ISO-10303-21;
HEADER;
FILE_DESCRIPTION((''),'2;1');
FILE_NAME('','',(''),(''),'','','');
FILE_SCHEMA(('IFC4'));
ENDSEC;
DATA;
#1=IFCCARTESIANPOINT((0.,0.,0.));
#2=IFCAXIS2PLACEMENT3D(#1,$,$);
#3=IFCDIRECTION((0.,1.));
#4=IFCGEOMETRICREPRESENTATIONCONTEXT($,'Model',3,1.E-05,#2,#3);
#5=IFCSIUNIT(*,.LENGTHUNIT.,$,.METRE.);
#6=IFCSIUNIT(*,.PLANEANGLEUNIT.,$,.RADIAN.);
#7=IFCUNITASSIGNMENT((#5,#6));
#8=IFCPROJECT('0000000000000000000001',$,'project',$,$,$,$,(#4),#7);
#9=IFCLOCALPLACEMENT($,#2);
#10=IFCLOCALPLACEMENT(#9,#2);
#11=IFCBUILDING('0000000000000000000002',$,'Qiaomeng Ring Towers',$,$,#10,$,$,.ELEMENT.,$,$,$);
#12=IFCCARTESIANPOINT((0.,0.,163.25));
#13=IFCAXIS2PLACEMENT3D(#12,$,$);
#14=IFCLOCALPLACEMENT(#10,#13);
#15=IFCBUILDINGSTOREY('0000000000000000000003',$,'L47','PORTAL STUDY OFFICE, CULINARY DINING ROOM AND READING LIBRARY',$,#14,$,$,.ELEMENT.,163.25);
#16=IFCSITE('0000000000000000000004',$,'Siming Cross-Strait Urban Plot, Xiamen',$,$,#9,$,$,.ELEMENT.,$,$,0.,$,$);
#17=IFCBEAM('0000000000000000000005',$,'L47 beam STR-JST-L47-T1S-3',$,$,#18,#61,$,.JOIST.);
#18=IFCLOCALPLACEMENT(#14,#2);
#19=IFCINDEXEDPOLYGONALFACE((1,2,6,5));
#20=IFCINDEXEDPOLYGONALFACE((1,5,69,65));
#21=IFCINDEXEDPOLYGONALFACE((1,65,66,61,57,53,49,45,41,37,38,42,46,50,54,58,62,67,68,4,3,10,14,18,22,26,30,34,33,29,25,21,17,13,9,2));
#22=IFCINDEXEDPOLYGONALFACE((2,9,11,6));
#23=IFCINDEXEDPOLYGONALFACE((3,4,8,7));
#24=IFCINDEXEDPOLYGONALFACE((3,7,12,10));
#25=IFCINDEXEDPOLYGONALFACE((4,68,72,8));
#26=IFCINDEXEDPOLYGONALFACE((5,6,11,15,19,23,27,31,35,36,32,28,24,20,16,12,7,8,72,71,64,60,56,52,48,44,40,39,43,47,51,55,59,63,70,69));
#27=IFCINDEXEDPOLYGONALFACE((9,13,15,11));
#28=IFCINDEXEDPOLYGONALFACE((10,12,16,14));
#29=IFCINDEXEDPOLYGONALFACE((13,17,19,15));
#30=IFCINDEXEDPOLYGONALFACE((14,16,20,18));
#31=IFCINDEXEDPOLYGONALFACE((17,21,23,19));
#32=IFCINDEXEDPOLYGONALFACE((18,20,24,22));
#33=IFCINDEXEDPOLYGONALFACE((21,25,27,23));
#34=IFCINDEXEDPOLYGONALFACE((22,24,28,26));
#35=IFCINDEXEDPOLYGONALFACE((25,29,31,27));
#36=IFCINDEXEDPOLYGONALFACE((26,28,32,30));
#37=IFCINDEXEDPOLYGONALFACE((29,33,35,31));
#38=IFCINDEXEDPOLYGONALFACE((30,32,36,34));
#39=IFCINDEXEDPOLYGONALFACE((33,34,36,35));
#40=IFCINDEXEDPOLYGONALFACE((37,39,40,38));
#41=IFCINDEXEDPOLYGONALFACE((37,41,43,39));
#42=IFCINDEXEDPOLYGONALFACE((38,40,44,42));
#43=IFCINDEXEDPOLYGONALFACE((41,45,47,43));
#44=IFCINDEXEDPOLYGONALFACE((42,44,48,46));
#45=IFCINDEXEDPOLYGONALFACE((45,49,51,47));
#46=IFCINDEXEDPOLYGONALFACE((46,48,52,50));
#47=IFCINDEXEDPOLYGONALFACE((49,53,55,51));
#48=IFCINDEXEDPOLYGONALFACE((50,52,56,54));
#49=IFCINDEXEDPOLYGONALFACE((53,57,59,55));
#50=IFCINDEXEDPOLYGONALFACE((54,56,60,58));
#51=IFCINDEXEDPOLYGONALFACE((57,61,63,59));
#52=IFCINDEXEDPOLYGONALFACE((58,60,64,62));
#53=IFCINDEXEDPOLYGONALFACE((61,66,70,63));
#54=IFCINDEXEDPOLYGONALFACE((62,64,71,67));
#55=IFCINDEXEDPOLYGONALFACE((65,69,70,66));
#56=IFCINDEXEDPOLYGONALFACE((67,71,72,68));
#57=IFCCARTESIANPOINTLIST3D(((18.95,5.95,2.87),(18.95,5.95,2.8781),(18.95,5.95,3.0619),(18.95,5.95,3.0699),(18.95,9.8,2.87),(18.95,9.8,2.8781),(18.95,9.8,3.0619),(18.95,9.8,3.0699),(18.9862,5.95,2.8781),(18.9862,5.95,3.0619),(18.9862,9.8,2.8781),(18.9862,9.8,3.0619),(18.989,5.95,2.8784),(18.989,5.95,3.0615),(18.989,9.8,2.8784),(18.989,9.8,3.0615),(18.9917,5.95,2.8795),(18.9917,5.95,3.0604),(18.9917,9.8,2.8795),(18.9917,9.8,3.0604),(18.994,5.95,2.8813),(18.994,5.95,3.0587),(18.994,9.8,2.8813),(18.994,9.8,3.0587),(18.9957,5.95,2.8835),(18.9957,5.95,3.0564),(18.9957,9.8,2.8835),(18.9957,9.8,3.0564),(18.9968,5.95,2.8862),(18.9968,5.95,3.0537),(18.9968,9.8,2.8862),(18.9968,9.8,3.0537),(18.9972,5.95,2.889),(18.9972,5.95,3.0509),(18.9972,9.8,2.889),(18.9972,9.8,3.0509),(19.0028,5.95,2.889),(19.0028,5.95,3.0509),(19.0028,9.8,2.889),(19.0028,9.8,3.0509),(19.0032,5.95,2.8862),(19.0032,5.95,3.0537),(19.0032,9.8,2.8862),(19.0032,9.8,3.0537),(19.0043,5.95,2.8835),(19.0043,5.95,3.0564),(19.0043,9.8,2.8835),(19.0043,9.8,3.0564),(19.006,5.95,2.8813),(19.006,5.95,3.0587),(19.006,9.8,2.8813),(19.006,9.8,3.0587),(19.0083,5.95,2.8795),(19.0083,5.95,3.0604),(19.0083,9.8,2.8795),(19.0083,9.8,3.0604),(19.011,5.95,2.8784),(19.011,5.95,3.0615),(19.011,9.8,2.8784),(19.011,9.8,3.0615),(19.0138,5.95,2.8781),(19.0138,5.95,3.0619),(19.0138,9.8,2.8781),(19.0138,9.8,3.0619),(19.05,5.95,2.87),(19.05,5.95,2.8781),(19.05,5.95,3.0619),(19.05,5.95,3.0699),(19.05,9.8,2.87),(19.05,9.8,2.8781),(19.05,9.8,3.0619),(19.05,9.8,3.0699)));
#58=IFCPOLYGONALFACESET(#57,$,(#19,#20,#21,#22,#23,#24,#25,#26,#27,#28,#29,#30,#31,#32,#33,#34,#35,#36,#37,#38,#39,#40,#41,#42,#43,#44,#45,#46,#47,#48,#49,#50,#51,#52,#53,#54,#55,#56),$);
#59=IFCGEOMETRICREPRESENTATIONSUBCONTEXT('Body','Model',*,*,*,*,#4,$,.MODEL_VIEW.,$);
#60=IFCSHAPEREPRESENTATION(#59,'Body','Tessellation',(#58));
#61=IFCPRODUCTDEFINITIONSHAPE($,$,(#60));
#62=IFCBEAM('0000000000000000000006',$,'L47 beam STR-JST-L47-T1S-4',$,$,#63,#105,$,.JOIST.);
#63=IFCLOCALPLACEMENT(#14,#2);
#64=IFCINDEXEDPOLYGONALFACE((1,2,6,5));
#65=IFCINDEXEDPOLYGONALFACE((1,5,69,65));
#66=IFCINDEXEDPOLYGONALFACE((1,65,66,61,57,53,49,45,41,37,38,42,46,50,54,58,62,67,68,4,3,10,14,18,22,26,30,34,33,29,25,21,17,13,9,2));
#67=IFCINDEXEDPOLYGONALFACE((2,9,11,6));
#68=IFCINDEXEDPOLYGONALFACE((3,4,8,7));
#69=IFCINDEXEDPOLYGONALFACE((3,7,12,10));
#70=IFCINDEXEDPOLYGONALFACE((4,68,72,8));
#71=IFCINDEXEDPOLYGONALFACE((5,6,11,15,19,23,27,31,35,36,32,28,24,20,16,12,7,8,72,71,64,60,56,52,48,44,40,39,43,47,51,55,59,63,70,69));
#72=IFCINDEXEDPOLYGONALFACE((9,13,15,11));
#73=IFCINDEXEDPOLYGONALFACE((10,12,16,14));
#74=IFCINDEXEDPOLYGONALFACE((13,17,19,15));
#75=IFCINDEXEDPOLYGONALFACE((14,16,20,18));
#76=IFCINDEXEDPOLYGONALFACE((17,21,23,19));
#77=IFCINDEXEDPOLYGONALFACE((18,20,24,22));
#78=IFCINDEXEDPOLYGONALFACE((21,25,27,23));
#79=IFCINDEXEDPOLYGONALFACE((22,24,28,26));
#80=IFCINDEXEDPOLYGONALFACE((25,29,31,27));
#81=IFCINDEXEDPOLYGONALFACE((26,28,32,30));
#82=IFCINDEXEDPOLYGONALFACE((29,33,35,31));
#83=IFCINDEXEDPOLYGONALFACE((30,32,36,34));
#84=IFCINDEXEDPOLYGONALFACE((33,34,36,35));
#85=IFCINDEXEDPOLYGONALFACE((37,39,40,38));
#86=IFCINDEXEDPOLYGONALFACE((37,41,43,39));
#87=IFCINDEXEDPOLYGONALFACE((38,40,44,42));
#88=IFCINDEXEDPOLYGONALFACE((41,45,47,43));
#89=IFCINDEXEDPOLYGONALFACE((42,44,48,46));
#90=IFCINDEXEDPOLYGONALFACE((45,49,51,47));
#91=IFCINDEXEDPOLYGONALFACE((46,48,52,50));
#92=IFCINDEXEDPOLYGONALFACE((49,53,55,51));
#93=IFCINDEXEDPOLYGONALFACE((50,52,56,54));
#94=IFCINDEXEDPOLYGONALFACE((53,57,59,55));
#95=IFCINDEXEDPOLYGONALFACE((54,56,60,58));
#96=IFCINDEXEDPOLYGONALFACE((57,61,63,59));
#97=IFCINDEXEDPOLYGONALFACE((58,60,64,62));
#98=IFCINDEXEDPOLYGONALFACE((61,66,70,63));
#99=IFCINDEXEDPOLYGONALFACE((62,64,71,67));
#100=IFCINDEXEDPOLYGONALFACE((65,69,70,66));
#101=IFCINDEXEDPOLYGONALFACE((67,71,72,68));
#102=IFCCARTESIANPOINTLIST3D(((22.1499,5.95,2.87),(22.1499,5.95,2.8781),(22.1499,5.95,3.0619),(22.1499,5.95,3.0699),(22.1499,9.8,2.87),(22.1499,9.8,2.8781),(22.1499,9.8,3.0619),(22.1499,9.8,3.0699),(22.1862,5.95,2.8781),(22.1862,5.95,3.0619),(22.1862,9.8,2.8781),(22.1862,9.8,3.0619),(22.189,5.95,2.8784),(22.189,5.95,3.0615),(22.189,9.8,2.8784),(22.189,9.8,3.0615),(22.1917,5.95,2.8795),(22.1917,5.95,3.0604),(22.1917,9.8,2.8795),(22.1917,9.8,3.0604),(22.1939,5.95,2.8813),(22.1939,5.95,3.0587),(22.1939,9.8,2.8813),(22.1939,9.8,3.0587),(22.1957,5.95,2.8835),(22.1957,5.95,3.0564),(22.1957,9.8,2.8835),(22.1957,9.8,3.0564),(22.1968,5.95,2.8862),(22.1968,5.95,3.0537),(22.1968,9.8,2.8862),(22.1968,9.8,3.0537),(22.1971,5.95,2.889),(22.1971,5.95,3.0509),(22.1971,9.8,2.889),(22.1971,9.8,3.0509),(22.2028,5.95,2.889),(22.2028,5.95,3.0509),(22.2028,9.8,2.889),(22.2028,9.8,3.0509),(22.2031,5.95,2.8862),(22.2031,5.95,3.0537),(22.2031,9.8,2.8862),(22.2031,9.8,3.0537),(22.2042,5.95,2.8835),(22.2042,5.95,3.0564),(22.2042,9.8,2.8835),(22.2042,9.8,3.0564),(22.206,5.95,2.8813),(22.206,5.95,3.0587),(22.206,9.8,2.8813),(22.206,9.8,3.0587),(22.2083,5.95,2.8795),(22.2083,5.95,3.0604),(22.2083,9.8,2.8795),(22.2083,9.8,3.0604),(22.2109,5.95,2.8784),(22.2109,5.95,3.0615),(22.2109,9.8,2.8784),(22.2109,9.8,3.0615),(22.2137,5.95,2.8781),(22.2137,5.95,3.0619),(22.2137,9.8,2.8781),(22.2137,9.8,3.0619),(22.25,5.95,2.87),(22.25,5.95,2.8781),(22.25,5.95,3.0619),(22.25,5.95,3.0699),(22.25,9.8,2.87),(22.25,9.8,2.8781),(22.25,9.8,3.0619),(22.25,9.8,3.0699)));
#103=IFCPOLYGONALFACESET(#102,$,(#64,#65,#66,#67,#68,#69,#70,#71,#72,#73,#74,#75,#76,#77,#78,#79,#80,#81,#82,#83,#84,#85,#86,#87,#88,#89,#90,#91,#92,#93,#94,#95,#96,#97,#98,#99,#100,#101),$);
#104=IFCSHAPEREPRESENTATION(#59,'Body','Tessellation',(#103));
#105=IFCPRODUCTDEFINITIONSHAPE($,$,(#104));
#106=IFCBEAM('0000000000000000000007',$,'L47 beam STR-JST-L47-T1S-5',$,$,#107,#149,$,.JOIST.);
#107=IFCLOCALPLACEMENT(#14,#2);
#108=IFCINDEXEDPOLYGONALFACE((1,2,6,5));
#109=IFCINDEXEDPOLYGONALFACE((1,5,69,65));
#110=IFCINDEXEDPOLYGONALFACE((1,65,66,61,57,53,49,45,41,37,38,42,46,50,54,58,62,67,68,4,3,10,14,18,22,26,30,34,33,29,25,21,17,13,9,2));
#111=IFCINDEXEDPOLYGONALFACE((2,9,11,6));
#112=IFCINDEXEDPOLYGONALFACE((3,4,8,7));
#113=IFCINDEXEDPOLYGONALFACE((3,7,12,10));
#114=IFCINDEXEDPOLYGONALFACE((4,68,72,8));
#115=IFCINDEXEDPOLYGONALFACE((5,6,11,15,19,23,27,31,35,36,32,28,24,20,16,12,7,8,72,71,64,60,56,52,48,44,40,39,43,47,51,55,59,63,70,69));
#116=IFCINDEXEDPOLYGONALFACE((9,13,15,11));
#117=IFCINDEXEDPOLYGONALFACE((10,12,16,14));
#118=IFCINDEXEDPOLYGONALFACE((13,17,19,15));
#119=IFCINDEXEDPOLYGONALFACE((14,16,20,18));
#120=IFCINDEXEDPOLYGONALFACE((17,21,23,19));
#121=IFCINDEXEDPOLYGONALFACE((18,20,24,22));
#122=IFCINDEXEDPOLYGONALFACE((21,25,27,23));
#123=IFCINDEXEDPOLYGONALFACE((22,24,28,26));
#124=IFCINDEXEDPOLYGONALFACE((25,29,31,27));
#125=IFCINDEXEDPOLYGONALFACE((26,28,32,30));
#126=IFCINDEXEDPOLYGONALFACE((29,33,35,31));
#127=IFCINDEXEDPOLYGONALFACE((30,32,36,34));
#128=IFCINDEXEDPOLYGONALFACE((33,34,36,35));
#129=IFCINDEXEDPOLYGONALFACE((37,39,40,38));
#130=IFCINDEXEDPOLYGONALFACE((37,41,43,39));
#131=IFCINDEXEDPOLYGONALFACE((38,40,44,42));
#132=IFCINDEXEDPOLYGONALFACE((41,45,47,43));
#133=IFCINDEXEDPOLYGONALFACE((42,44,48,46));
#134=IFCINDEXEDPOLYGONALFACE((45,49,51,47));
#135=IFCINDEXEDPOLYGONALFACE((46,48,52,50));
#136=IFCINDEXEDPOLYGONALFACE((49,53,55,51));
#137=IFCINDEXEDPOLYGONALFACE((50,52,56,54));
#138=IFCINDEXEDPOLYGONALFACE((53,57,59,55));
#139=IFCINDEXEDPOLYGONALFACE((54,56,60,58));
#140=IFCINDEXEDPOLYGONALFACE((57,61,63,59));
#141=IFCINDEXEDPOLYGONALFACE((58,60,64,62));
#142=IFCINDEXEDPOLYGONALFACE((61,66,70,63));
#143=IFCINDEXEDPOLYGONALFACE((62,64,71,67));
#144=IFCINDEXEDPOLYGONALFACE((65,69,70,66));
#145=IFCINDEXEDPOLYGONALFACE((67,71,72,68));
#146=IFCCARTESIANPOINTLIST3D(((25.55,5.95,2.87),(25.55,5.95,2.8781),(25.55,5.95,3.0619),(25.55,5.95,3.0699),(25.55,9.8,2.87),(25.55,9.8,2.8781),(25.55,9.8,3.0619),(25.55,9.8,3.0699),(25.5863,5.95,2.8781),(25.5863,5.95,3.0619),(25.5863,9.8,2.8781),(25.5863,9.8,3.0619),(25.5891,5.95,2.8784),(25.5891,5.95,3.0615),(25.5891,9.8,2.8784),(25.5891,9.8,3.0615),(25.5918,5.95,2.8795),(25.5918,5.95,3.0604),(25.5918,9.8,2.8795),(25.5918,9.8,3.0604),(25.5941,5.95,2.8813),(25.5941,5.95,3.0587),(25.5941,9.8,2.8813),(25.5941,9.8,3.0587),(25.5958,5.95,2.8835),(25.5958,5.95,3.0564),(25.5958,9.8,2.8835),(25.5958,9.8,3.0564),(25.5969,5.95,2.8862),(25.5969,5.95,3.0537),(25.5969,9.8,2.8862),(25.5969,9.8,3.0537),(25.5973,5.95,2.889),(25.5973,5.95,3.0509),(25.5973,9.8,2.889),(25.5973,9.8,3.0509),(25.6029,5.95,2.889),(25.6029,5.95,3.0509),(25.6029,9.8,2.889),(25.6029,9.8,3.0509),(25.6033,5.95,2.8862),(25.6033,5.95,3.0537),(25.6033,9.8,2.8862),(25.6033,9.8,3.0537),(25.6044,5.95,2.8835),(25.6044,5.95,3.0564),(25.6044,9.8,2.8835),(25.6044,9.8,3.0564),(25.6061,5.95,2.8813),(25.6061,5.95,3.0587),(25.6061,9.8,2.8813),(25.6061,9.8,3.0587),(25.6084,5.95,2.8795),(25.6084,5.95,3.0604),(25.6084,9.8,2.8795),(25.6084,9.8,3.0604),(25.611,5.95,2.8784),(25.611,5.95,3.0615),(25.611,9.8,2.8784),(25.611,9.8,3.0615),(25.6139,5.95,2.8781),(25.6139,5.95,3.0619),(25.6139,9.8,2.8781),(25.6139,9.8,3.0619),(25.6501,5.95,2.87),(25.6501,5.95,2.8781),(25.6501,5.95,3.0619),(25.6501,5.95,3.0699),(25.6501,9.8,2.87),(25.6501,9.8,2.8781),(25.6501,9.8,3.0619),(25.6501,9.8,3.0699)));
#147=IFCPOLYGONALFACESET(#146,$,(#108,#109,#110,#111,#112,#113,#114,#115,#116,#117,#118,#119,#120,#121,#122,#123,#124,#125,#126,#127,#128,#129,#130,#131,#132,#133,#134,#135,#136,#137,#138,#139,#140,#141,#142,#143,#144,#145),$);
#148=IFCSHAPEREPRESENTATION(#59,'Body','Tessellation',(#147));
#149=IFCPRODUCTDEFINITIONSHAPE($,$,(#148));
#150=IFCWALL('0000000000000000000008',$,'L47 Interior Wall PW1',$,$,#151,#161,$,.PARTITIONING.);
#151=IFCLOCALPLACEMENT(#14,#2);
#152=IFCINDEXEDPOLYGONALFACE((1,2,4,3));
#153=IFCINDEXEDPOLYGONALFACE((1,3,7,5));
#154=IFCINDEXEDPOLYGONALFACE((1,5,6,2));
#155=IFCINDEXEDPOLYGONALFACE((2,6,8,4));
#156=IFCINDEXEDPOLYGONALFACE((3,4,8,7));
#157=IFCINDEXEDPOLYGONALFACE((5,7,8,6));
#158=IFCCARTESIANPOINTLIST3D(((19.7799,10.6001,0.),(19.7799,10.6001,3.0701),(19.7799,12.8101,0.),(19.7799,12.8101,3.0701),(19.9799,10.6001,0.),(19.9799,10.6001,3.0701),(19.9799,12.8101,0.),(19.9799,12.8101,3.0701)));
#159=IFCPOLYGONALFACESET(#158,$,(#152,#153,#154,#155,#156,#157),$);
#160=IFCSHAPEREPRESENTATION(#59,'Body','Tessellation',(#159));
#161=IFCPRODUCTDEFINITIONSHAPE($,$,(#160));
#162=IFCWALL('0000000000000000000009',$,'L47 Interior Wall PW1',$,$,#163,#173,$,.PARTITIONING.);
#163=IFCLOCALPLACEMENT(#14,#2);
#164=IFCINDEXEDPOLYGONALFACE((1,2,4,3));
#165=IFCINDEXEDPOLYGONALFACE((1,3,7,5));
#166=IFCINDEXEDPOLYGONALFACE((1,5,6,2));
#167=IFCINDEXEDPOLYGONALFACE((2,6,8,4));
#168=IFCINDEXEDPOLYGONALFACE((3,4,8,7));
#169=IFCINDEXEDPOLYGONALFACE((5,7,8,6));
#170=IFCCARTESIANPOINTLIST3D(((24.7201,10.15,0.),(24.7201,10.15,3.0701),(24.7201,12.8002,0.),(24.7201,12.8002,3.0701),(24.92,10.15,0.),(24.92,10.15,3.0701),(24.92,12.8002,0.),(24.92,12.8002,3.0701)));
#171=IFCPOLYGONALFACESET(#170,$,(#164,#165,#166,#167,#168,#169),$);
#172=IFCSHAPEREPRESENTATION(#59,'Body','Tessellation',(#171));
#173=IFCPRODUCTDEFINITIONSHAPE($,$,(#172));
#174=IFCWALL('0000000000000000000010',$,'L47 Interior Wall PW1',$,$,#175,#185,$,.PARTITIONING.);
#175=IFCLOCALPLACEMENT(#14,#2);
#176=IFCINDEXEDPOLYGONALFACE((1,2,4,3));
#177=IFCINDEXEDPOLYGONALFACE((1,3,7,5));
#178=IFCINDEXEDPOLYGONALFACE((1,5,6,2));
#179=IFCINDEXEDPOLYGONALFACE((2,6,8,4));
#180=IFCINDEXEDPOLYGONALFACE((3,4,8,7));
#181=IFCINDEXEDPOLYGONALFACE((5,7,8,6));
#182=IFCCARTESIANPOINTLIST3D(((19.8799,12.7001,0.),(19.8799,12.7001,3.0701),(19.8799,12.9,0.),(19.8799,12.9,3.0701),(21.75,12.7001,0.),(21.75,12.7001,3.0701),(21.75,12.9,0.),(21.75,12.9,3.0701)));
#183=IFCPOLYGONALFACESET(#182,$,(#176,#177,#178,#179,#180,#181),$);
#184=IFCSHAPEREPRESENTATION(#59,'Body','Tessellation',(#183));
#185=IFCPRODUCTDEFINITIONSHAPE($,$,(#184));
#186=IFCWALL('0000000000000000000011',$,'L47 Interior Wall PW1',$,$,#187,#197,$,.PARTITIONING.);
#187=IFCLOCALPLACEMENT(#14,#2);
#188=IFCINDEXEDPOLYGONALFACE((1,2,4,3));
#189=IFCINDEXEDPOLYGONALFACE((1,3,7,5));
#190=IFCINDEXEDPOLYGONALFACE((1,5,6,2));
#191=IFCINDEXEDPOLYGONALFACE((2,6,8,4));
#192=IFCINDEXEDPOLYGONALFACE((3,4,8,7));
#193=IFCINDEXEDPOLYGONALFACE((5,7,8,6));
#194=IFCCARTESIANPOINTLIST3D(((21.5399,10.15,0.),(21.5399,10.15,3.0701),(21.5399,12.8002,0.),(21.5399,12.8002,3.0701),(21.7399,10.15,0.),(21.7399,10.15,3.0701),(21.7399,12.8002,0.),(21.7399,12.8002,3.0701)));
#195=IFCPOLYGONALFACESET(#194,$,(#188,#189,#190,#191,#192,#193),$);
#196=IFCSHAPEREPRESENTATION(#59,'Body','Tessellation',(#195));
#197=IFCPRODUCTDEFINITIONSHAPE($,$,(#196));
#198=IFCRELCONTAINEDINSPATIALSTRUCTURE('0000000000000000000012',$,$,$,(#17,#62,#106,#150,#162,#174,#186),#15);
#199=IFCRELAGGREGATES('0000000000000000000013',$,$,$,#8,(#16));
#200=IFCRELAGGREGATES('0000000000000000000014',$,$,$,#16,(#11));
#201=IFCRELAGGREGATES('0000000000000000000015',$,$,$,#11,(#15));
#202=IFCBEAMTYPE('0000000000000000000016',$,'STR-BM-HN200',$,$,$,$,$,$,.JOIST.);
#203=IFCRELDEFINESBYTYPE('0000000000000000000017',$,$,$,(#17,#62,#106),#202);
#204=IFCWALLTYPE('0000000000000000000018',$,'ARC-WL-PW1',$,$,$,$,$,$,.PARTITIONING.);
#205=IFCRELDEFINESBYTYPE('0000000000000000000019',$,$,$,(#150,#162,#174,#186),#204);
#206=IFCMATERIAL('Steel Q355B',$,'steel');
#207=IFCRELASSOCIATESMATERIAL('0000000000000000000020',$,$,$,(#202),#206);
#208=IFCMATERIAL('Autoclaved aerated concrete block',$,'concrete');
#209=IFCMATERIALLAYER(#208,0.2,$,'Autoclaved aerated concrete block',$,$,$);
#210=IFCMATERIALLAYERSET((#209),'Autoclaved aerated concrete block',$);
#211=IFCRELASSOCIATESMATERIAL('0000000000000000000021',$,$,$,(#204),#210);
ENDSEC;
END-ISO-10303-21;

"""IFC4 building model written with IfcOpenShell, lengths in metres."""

from ifc_helpers import new_model, si_unit, direction, frame, frame_2d, origin, origin_2d, place, context, subcontext, project, spatial, rectangle, i_section, extrude, source, transform, mapped, material, layer, layer_set, material_profile, profile_set, type_object, element, save


model = new_model("IFC4")

# Units and contexts
model_context = context("Model", 3, precision=1e-05, world=origin(), true_north=direction((0.0, 1.0)))
body_context = subcontext(model_context, "Body", "Model", "MODEL_VIEW")
ifc_project = project(units=[si_unit("LENGTHUNIT", "METRE"), si_unit("PLANEANGLEUNIT", "RADIAN")], contexts=[model_context])

# Site, building, storey
site_placement = place(None, origin())
site = spatial("IfcSite", under=ifc_project, at=site_placement, Name="Siming Cross-Strait Urban Plot, Xiamen", CompositionType="ELEMENT", RefElevation=0.0)
building_placement = place(site_placement, origin())
building = spatial("IfcBuilding", under=site, at=building_placement, Name="Qiaomeng Ring Towers", CompositionType="ELEMENT")
storey_placement = place(building_placement, frame((0.0, 0.0, 163.25)))
storey = spatial("IfcBuildingStorey", under=building, at=storey_placement, Name="L47", Description="PORTAL STUDY OFFICE, CULINARY DINING ROOM AND READING LIBRARY", CompositionType="ELEMENT", Elevation=163.25)

# Beams
ifc_material_1 = material(Name="Steel Q355B", Category="steel")
ifc_material_profile = material_profile(ifc_material_1, i_section(OverallWidth=0.1001, OverallDepth=0.2, WebThickness=0.0056, FlangeThickness=0.0081, FilletRadius=0.011, at=origin_2d()), Name="HN 200x100x5.5x8")
ifc_profile_set = profile_set([ifc_material_profile], Name="Steel Q355B")
beam_type = type_object("IfcBeamType", Name="STR-BM-HN200", PredefinedType="JOIST", material=ifc_profile_set)
shared_shape_1 = source(origin(), body_context, "Body", "SweptSolid", [
    extrude(i_section(OverallWidth=0.1001, OverallDepth=0.2, WebThickness=0.0056, FlangeThickness=0.0081, FilletRadius=0.011, at=origin_2d()), origin(), (0.0, 0.0, 1.0), 3.8501),
])
for number, where, z_axis, x_axis, name in (
    (1, (19.0, 5.95, 2.97), (0.0, 1.0, 0.0), (-1.0, 0.0, 0.0), "L47 beam STR-JST-L47-T1S-3"),
    (2, (22.2, 5.95, 2.97), (0.0, 1.0, 0.0), (-1.0, 0.0, 0.0), "L47 beam STR-JST-L47-T1S-4"),
    (3, (25.6001, 5.95, 2.97), (0.0, 1.0, 0.0), (-1.0, 0.0, 0.0), "L47 beam STR-JST-L47-T1S-5"),
):
    element("IfcBeam", number, at=place(storey_placement, frame(where, z_axis=z_axis, x_axis=x_axis)), inside=storey, type_object=beam_type, Name=name, PredefinedType="JOIST", context=body_context, shape_type="MappedRepresentation", body=[
        mapped(shared_shape_1, transform((0.0, 0.0, 0.0), x_axis=(1.0, 0.0, 0.0), y_axis=(0.0, 1.0, 0.0), z_axis=(0.0, 0.0, 1.0), scale=1.0)),
    ])

# Walls
ifc_material_2 = material(Name="Autoclaved aerated concrete block", Category="concrete")
ifc_layer_1 = layer(ifc_material_2, 0.2, Name="Autoclaved aerated concrete block")
ifc_layer_set_1 = layer_set([ifc_layer_1], Name="Autoclaved aerated concrete block")
wall_type_1 = type_object("IfcWallType", Name="ARC-WL-PW1", PredefinedType="PARTITIONING", material=ifc_layer_set_1)
wall_1_placement = place(storey_placement, frame((19.8799, 10.6001, 0.0), z_axis=(0.0, 0.0, 1.0), x_axis=(0.0, 1.0, 0.0)))
element("IfcWall", 4, at=wall_1_placement, inside=storey, type_object=wall_type_1, Name="L47 Interior Wall PW1", PredefinedType="PARTITIONING", context=body_context, shape_type="SweptSolid", body=[
    extrude(rectangle(XDim=2.21, YDim=0.2, at=frame_2d((1.105, 0.0))), origin(), (0.0, 0.0, 1.0), 3.0701),
])
wall_2_placement = place(storey_placement, frame((24.8201, 10.1499, 0.0), z_axis=(0.0, 0.0, 1.0), x_axis=(0.0, 1.0, 0.0)))
element("IfcWall", 5, at=wall_2_placement, inside=storey, type_object=wall_type_1, Name="L47 Interior Wall PW1", PredefinedType="PARTITIONING", context=body_context, shape_type="SweptSolid", body=[
    extrude(rectangle(XDim=2.6501, YDim=0.2, at=frame_2d((1.3252, 0.0))), origin(), (0.0, 0.0, 1.0), 3.0701),
])
wall_3_placement = place(storey_placement, frame((19.8799, 12.8, 0.0), z_axis=(0.0, 0.0, 1.0), x_axis=(1.0, 0.0, 0.0)))
element("IfcWall", 6, at=wall_3_placement, inside=storey, type_object=wall_type_1, Name="L47 Interior Wall PW1", PredefinedType="PARTITIONING", context=body_context, shape_type="SweptSolid", body=[
    extrude(rectangle(XDim=1.8701, YDim=0.2, at=frame_2d((0.9351, 0.0))), origin(), (0.0, 0.0, 1.0), 3.0701),
])
for number, where, z_axis, x_axis, name in (
    (7, (21.6399, 10.1499, 0.0), (0.0, 0.0, 1.0), (0.0, 1.0, 0.0), "L47 Interior Wall PW1"),
):
    element("IfcWall", number, at=place(storey_placement, frame(where, z_axis=z_axis, x_axis=x_axis)), inside=storey, type_object=wall_type_1, Name=name, PredefinedType="PARTITIONING", context=body_context, shape_type="SweptSolid", body=[
        extrude(rectangle(XDim=2.6501, YDim=0.2, at=frame_2d((1.3252, 0.0))), origin(), (0.0, 0.0, 1.0), 3.0701),
    ])

save(model, "model.ifc")
